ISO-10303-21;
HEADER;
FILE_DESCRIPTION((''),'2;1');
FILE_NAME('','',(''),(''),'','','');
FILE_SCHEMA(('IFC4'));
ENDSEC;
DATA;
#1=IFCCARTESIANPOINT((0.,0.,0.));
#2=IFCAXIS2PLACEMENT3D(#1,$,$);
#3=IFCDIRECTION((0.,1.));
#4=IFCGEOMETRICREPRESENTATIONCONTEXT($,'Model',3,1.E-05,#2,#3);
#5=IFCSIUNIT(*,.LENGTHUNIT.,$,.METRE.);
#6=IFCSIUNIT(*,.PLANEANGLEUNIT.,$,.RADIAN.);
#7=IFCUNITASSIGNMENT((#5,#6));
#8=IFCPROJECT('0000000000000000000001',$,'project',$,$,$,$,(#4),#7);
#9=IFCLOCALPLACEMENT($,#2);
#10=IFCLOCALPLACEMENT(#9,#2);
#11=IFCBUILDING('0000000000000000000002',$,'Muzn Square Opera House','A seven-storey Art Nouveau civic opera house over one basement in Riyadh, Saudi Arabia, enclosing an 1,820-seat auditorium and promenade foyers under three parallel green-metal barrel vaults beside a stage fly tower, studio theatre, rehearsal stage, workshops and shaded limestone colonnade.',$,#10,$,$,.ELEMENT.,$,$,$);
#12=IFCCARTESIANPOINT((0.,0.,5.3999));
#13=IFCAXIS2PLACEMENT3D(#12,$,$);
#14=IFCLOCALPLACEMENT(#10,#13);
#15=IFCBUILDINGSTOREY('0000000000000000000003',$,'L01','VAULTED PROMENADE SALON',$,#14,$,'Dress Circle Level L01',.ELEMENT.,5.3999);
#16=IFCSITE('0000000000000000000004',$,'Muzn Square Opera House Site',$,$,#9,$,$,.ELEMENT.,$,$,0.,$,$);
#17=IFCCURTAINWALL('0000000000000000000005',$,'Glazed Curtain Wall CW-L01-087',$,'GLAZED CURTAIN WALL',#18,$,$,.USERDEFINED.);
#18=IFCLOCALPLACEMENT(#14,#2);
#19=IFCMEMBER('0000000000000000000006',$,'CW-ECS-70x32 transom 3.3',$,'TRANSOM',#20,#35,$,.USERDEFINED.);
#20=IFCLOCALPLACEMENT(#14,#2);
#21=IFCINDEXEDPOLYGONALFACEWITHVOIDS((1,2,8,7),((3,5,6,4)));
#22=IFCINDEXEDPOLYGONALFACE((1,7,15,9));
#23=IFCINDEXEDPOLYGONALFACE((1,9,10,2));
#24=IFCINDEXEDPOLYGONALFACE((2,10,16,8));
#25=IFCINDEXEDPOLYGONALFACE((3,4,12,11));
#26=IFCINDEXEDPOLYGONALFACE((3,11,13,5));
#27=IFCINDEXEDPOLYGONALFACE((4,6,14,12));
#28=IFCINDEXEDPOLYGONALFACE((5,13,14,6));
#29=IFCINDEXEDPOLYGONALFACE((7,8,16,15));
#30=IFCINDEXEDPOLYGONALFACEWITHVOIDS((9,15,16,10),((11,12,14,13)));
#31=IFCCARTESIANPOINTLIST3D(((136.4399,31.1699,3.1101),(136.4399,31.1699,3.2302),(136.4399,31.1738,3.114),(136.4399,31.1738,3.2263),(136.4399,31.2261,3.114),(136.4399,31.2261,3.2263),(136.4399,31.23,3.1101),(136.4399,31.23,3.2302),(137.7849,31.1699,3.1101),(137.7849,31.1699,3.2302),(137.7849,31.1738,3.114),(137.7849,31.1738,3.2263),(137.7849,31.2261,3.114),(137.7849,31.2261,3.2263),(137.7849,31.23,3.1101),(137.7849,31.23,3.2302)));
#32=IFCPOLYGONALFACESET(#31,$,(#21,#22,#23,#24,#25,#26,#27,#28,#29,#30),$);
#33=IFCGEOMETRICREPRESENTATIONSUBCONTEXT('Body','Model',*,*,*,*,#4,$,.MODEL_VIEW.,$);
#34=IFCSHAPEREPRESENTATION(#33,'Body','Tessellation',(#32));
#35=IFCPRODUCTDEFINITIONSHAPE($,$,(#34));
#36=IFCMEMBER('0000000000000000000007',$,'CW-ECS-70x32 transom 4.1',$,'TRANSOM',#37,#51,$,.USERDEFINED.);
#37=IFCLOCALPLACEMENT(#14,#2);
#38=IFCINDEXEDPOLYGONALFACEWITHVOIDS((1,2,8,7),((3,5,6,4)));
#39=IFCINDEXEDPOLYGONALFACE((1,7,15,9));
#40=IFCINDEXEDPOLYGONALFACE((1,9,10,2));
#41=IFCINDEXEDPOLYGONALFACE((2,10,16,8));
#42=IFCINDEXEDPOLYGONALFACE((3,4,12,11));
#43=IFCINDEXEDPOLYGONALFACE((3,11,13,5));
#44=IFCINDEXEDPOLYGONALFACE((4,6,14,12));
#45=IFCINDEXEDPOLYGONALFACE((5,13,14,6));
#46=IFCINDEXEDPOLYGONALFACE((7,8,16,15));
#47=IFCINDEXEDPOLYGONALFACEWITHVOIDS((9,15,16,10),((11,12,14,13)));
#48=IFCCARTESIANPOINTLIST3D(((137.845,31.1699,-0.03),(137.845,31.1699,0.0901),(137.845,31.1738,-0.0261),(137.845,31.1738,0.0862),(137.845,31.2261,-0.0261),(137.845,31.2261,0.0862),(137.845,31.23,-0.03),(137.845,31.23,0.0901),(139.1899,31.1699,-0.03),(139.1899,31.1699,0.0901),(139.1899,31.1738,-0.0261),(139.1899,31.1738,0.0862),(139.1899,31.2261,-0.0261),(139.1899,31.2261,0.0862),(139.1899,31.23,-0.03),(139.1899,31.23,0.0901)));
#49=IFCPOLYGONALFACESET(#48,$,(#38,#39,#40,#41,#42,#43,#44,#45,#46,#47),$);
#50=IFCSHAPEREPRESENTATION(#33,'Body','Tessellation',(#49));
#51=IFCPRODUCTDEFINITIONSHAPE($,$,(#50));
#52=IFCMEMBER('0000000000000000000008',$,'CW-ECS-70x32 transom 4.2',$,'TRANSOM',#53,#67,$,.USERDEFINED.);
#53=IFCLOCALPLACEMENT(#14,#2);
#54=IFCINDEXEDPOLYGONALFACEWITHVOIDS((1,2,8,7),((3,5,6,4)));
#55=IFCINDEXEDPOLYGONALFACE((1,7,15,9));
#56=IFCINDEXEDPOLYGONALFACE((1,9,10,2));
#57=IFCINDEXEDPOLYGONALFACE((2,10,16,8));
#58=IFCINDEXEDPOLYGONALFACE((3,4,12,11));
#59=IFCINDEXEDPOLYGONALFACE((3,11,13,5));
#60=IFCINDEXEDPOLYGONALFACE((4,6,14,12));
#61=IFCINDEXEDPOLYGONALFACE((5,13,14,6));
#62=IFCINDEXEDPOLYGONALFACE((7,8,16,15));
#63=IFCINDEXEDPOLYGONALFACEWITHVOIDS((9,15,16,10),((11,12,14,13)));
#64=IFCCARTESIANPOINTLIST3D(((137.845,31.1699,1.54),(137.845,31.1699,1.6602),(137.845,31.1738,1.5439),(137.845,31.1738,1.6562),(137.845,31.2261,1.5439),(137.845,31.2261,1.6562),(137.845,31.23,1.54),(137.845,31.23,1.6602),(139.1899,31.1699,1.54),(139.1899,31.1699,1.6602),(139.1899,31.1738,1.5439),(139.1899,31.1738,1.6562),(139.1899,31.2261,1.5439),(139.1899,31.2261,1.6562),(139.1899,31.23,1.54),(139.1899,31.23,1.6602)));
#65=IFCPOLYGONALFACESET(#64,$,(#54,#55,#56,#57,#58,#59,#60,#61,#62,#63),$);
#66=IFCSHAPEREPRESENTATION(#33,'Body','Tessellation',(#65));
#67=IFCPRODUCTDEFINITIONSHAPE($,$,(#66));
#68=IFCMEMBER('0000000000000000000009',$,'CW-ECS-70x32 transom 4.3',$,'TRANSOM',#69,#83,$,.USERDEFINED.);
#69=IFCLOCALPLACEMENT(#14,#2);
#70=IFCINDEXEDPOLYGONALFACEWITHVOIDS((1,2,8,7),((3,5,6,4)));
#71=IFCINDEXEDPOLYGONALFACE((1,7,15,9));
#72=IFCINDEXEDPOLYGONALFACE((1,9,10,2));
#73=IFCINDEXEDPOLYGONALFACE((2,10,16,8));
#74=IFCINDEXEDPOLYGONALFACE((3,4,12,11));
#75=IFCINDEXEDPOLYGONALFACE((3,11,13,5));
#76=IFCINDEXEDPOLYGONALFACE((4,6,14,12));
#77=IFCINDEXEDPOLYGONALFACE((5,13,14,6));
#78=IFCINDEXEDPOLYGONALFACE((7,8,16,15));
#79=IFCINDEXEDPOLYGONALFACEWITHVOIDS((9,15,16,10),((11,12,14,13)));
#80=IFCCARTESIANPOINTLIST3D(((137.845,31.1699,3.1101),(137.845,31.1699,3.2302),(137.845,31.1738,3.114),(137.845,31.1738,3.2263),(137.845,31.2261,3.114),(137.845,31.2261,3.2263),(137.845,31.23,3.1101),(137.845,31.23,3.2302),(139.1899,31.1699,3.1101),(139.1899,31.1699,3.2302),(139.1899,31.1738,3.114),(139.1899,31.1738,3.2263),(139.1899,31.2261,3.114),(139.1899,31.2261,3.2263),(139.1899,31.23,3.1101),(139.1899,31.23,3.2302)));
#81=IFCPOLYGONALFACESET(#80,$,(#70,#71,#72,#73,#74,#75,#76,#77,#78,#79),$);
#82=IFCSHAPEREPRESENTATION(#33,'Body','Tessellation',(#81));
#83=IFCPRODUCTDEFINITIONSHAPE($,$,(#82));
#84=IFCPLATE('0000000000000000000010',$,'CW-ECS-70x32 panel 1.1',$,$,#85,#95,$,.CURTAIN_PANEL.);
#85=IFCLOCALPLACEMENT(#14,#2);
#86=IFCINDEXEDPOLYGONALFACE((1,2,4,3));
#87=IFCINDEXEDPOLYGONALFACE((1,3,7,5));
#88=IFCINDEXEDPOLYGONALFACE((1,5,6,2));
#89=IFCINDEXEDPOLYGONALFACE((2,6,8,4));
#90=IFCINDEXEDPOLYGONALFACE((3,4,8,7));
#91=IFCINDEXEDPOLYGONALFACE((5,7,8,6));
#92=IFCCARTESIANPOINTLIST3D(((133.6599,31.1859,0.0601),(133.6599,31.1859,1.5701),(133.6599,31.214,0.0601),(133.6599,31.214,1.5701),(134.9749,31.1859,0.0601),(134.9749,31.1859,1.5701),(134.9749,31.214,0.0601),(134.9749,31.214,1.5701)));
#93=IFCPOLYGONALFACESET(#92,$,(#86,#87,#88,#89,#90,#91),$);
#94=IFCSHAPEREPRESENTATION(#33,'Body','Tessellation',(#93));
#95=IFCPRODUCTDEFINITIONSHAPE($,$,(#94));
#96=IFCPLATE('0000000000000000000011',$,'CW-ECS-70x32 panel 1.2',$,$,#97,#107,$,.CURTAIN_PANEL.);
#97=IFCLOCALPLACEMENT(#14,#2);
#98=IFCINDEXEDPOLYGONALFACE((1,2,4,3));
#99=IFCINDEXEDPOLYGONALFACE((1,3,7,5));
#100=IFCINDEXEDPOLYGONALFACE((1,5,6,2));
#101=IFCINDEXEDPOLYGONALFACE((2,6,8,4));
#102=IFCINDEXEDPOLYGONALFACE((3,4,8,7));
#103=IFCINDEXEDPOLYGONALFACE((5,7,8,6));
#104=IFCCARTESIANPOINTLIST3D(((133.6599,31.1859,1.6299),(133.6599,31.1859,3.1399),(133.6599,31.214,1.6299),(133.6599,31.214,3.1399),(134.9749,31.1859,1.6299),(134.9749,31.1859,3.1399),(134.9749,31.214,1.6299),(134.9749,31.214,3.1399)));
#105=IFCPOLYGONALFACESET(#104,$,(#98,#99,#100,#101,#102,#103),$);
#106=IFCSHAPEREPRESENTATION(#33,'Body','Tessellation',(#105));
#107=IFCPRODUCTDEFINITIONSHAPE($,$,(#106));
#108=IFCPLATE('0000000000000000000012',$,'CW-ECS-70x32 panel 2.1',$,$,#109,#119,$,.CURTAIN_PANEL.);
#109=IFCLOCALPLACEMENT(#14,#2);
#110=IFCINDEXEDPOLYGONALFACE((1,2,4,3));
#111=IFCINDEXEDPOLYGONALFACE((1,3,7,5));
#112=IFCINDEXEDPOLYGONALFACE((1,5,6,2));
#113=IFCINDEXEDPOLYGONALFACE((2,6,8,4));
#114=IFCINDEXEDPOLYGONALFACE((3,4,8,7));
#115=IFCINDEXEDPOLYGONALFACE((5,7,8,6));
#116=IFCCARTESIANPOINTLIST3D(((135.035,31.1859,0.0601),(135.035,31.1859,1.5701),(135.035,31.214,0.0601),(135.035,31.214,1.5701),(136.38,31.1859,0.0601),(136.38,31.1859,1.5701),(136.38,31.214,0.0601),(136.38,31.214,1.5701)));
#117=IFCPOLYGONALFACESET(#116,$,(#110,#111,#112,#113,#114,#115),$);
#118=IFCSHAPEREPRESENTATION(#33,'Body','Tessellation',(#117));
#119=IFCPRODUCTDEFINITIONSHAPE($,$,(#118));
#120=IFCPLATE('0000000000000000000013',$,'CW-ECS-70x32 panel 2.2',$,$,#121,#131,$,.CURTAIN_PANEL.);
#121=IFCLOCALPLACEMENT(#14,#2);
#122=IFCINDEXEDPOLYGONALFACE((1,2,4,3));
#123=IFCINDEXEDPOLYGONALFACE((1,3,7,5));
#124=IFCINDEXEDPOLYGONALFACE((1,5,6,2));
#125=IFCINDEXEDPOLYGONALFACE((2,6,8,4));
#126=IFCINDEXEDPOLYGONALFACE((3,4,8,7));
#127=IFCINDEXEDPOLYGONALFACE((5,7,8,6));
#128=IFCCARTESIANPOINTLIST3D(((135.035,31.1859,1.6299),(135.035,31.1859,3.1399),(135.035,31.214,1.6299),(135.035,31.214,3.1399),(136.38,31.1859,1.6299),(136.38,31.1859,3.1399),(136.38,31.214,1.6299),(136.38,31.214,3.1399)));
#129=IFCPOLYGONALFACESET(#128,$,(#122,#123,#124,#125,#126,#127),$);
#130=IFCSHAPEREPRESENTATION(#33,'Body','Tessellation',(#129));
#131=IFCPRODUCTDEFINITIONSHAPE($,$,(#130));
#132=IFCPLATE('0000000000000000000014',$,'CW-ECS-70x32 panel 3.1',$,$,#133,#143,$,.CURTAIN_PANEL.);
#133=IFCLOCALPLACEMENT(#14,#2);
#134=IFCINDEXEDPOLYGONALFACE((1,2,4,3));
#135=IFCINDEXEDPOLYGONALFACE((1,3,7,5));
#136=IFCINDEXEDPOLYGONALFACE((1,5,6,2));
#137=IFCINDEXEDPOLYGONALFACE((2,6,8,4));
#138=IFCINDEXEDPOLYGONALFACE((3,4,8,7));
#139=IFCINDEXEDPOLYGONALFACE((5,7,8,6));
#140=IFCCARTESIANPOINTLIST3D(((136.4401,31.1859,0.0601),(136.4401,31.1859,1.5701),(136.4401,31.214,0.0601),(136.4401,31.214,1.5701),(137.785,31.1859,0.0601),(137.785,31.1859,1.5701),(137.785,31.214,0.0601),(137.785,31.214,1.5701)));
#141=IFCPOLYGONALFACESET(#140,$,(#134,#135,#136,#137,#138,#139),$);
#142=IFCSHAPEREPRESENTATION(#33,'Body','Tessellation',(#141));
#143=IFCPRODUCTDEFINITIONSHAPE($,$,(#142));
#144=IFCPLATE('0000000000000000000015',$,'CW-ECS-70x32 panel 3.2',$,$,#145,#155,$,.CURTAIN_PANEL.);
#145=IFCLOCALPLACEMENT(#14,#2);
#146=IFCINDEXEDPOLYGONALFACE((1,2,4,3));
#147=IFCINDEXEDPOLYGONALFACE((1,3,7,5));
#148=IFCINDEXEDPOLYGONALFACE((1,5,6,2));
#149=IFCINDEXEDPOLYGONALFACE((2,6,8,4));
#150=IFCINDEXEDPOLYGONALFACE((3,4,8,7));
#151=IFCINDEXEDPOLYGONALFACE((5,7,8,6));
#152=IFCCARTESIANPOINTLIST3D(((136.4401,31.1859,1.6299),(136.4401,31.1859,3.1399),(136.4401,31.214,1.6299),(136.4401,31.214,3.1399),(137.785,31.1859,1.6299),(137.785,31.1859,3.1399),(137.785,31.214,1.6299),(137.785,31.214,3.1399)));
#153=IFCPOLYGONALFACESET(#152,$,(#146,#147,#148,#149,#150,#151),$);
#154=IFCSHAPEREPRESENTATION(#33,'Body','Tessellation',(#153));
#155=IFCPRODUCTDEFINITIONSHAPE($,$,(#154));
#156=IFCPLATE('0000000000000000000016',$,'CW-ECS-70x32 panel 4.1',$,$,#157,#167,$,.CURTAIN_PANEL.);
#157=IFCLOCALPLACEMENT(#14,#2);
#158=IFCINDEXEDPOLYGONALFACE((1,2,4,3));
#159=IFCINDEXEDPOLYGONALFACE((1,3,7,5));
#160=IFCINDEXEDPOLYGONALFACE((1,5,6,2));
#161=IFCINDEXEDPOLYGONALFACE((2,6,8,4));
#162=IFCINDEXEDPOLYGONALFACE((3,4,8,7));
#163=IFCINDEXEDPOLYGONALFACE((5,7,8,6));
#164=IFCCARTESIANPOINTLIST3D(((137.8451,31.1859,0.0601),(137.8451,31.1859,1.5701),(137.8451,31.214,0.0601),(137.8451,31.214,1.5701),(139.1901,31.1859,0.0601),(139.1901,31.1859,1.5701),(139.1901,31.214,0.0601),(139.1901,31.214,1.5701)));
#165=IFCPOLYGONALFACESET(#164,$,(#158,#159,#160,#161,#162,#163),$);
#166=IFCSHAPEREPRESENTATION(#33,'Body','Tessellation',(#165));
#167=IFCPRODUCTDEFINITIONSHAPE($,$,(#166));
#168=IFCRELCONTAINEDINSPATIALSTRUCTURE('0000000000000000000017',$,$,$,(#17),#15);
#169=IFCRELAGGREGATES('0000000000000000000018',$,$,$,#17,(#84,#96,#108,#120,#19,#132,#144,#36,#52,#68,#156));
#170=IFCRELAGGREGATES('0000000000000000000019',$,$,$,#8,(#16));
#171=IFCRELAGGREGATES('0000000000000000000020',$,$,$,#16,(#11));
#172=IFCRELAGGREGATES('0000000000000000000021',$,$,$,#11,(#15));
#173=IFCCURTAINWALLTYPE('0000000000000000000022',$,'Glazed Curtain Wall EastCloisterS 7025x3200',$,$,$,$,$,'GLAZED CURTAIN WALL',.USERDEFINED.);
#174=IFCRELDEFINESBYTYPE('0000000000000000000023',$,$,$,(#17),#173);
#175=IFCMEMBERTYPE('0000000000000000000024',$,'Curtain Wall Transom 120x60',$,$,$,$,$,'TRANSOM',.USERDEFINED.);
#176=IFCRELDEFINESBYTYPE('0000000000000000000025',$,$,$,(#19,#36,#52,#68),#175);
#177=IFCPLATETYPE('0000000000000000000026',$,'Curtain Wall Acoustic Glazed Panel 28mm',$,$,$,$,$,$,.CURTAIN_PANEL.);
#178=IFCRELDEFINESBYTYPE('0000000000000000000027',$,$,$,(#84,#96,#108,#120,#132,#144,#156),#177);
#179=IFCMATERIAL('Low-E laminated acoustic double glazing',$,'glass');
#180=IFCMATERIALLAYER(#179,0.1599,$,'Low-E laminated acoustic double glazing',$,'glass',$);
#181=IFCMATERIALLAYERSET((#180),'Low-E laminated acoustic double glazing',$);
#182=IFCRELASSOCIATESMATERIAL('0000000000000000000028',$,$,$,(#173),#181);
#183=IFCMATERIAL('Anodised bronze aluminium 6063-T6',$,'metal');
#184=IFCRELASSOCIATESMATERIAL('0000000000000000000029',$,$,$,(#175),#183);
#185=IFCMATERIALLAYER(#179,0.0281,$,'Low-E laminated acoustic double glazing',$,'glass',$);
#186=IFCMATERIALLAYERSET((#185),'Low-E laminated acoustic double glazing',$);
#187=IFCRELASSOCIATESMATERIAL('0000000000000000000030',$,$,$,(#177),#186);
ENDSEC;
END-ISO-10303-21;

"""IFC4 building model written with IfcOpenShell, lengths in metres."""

from ifc_helpers import new_model, si_unit, direction, frame, origin, origin_2d, place, context, subcontext, project, spatial, rectangle, hollow_rectangle, extrude, material, layer, layer_set, material_profile, profile_set, type_object, element, aggregate, save


model = new_model("IFC4")

# Units and contexts
model_context = context("Model", 3, precision=1e-05, world=origin(), true_north=direction((0.0, 1.0)))
body_context = subcontext(model_context, "Body", "Model", "MODEL_VIEW")
ifc_project = project(units=[si_unit("LENGTHUNIT", "METRE"), si_unit("PLANEANGLEUNIT", "RADIAN")], contexts=[model_context])

# Site, building, storey
site_placement = place(None, origin())
site = spatial("IfcSite", under=ifc_project, at=site_placement, Name="Muzn Square Opera House Site", CompositionType="ELEMENT", RefElevation=0.0)
building_placement = place(site_placement, origin())
building = spatial("IfcBuilding", under=site, at=building_placement, Name="Muzn Square Opera House", Description="A seven-storey Art Nouveau civic opera house over one basement in Riyadh, Saudi Arabia, enclosing an 1,820-seat auditorium and promenade foyers under three parallel green-metal barrel vaults beside a stage fly tower, studio theatre, rehearsal stage, workshops and shaded limestone colonnade.", CompositionType="ELEMENT")
storey_placement = place(building_placement, frame((0.0, 0.0, 5.3999)))
storey = spatial("IfcBuildingStorey", under=building, at=storey_placement, Name="L01", Description="VAULTED PROMENADE SALON", LongName="Dress Circle Level L01", CompositionType="ELEMENT", Elevation=5.3999)

# Curtain wall, members, plates
ifc_material_1 = material(Name="Low-E laminated acoustic double glazing", Category="glass")
ifc_layer_1 = layer(ifc_material_1, 0.1599, Name="Low-E laminated acoustic double glazing", Category="glass")
ifc_layer_set_1 = layer_set([ifc_layer_1], Name="Low-E laminated acoustic double glazing")
curtain_wall_type = type_object("IfcCurtainWallType", Name="Glazed Curtain Wall EastCloisterS 7025x3200", ElementType="GLAZED CURTAIN WALL", PredefinedType="USERDEFINED", material=ifc_layer_set_1)
curtain_wall_placement = place(storey_placement, origin())
curtain_wall = element("IfcCurtainWall", 1, at=curtain_wall_placement, inside=storey, type_object=curtain_wall_type, Name="Glazed Curtain Wall CW-L01-087", ObjectType="GLAZED CURTAIN WALL", PredefinedType="USERDEFINED")
ifc_material_2 = material(Name="Anodised bronze aluminium 6063-T6", Category="metal")
ifc_material_profile_1 = material_profile(ifc_material_2, hollow_rectangle(XDim=0.0601, YDim=0.1201, WallThickness=0.0039, at=origin_2d()), Name="ALU 120x60x4", Category="metal")
ifc_profile_set_1 = profile_set([ifc_material_profile_1], Name="Anodised bronze aluminium 6063-T6")
member_type_1 = type_object("IfcMemberType", Name="Curtain Wall Transom 120x60", ElementType="TRANSOM", PredefinedType="USERDEFINED", material=ifc_profile_set_1)
member_1_placement = place(storey_placement, frame((136.4399, 31.2, 3.1702), z_axis=(1.0, 0.0, 0.0), x_axis=(0.0, 1.0, 0.0)))
member_1 = element("IfcMember", 2, at=member_1_placement, type_object=member_type_1, Name="CW-ECS-70x32 transom 3.3", ObjectType="TRANSOM", PredefinedType="USERDEFINED", context=body_context, shape_type="SweptSolid", body=[
    extrude(hollow_rectangle(XDim=0.0601, YDim=0.1201, WallThickness=0.0039, at=origin_2d()), origin(), (0.0, 0.0, 1.0), 1.345),
])
member_2_placement = place(storey_placement, frame((137.845, 31.2, 0.03), z_axis=(1.0, 0.0, 0.0), x_axis=(0.0, 1.0, 0.0)))
member_2 = element("IfcMember", 3, at=member_2_placement, type_object=member_type_1, Name="CW-ECS-70x32 transom 4.1", ObjectType="TRANSOM", PredefinedType="USERDEFINED", context=body_context, shape_type="SweptSolid", body=[
    extrude(hollow_rectangle(XDim=0.0601, YDim=0.1201, WallThickness=0.0039, at=origin_2d()), origin(), (0.0, 0.0, 1.0), 1.345),
])
member_3_placement = place(storey_placement, frame((137.845, 31.2, 1.6001), z_axis=(1.0, 0.0, 0.0), x_axis=(0.0, 1.0, 0.0)))
member_3 = element("IfcMember", 4, at=member_3_placement, type_object=member_type_1, Name="CW-ECS-70x32 transom 4.2", ObjectType="TRANSOM", PredefinedType="USERDEFINED", context=body_context, shape_type="SweptSolid", body=[
    extrude(hollow_rectangle(XDim=0.0601, YDim=0.1201, WallThickness=0.0039, at=origin_2d()), origin(), (0.0, 0.0, 1.0), 1.345),
])
member_4_placement = place(storey_placement, frame((137.845, 31.2, 3.1702), z_axis=(1.0, 0.0, 0.0), x_axis=(0.0, 1.0, 0.0)))
member_4 = element("IfcMember", 5, at=member_4_placement, type_object=member_type_1, Name="CW-ECS-70x32 transom 4.3", ObjectType="TRANSOM", PredefinedType="USERDEFINED", context=body_context, shape_type="SweptSolid", body=[
    extrude(hollow_rectangle(XDim=0.0601, YDim=0.1201, WallThickness=0.0039, at=origin_2d()), origin(), (0.0, 0.0, 1.0), 1.345),
])
ifc_layer_2 = layer(ifc_material_1, 0.0281, Name="Low-E laminated acoustic double glazing", Category="glass")
ifc_layer_set_2 = layer_set([ifc_layer_2], Name="Low-E laminated acoustic double glazing")
plate_type = type_object("IfcPlateType", Name="Curtain Wall Acoustic Glazed Panel 28mm", PredefinedType="CURTAIN_PANEL", material=ifc_layer_set_2)
plate_1_placement = place(storey_placement, frame((134.3174, 31.2, 0.0601), z_axis=(0.0, 0.0, 1.0), x_axis=(1.0, 0.0, 0.0)))
plate_1 = element("IfcPlate", 6, at=plate_1_placement, type_object=plate_type, Name="CW-ECS-70x32 panel 1.1", PredefinedType="CURTAIN_PANEL", context=body_context, shape_type="SweptSolid", body=[
    extrude(rectangle(XDim=1.3149, YDim=0.0281, at=origin_2d()), origin(), (0.0, 0.0, 1.0), 1.51),
])
plate_2_placement = place(storey_placement, frame((134.3174, 31.2, 1.6299), z_axis=(0.0, 0.0, 1.0), x_axis=(1.0, 0.0, 0.0)))
plate_2 = element("IfcPlate", 7, at=plate_2_placement, type_object=plate_type, Name="CW-ECS-70x32 panel 1.2", PredefinedType="CURTAIN_PANEL", context=body_context, shape_type="SweptSolid", body=[
    extrude(rectangle(XDim=1.3149, YDim=0.0281, at=origin_2d()), origin(), (0.0, 0.0, 1.0), 1.51),
])
plate_3_placement = place(storey_placement, frame((135.7075, 31.2, 0.0601), z_axis=(0.0, 0.0, 1.0), x_axis=(1.0, 0.0, 0.0)))
plate_3 = element("IfcPlate", 8, at=plate_3_placement, type_object=plate_type, Name="CW-ECS-70x32 panel 2.1", PredefinedType="CURTAIN_PANEL", context=body_context, shape_type="SweptSolid", body=[
    extrude(rectangle(XDim=1.345, YDim=0.0281, at=origin_2d()), origin(), (0.0, 0.0, 1.0), 1.51),
])
plate_4_placement = place(storey_placement, frame((135.7075, 31.2, 1.6299), z_axis=(0.0, 0.0, 1.0), x_axis=(1.0, 0.0, 0.0)))
plate_4 = element("IfcPlate", 9, at=plate_4_placement, type_object=plate_type, Name="CW-ECS-70x32 panel 2.2", PredefinedType="CURTAIN_PANEL", context=body_context, shape_type="SweptSolid", body=[
    extrude(rectangle(XDim=1.345, YDim=0.0281, at=origin_2d()), origin(), (0.0, 0.0, 1.0), 1.51),
])
plate_5_placement = place(storey_placement, frame((137.1125, 31.2, 0.0601), z_axis=(0.0, 0.0, 1.0), x_axis=(1.0, 0.0, 0.0)))
plate_5 = element("IfcPlate", 10, at=plate_5_placement, type_object=plate_type, Name="CW-ECS-70x32 panel 3.1", PredefinedType="CURTAIN_PANEL", context=body_context, shape_type="SweptSolid", body=[
    extrude(rectangle(XDim=1.345, YDim=0.0281, at=origin_2d()), origin(), (0.0, 0.0, 1.0), 1.51),
])
plate_6_placement = place(storey_placement, frame((137.1125, 31.2, 1.6299), z_axis=(0.0, 0.0, 1.0), x_axis=(1.0, 0.0, 0.0)))
plate_6 = element("IfcPlate", 11, at=plate_6_placement, type_object=plate_type, Name="CW-ECS-70x32 panel 3.2", PredefinedType="CURTAIN_PANEL", context=body_context, shape_type="SweptSolid", body=[
    extrude(rectangle(XDim=1.345, YDim=0.0281, at=origin_2d()), origin(), (0.0, 0.0, 1.0), 1.51),
])
plate_7_placement = place(storey_placement, frame((138.5176, 31.2, 0.0601), z_axis=(0.0, 0.0, 1.0), x_axis=(1.0, 0.0, 0.0)))
plate_7 = element("IfcPlate", 12, at=plate_7_placement, type_object=plate_type, Name="CW-ECS-70x32 panel 4.1", PredefinedType="CURTAIN_PANEL", context=body_context, shape_type="SweptSolid", body=[
    extrude(rectangle(XDim=1.345, YDim=0.0281, at=origin_2d()), origin(), (0.0, 0.0, 1.0), 1.51),
])
aggregate(curtain_wall, [plate_1, plate_2, plate_3, plate_4, member_1, plate_5, plate_6, member_2, member_3, member_4, plate_7])

save(model, "model.ifc")
